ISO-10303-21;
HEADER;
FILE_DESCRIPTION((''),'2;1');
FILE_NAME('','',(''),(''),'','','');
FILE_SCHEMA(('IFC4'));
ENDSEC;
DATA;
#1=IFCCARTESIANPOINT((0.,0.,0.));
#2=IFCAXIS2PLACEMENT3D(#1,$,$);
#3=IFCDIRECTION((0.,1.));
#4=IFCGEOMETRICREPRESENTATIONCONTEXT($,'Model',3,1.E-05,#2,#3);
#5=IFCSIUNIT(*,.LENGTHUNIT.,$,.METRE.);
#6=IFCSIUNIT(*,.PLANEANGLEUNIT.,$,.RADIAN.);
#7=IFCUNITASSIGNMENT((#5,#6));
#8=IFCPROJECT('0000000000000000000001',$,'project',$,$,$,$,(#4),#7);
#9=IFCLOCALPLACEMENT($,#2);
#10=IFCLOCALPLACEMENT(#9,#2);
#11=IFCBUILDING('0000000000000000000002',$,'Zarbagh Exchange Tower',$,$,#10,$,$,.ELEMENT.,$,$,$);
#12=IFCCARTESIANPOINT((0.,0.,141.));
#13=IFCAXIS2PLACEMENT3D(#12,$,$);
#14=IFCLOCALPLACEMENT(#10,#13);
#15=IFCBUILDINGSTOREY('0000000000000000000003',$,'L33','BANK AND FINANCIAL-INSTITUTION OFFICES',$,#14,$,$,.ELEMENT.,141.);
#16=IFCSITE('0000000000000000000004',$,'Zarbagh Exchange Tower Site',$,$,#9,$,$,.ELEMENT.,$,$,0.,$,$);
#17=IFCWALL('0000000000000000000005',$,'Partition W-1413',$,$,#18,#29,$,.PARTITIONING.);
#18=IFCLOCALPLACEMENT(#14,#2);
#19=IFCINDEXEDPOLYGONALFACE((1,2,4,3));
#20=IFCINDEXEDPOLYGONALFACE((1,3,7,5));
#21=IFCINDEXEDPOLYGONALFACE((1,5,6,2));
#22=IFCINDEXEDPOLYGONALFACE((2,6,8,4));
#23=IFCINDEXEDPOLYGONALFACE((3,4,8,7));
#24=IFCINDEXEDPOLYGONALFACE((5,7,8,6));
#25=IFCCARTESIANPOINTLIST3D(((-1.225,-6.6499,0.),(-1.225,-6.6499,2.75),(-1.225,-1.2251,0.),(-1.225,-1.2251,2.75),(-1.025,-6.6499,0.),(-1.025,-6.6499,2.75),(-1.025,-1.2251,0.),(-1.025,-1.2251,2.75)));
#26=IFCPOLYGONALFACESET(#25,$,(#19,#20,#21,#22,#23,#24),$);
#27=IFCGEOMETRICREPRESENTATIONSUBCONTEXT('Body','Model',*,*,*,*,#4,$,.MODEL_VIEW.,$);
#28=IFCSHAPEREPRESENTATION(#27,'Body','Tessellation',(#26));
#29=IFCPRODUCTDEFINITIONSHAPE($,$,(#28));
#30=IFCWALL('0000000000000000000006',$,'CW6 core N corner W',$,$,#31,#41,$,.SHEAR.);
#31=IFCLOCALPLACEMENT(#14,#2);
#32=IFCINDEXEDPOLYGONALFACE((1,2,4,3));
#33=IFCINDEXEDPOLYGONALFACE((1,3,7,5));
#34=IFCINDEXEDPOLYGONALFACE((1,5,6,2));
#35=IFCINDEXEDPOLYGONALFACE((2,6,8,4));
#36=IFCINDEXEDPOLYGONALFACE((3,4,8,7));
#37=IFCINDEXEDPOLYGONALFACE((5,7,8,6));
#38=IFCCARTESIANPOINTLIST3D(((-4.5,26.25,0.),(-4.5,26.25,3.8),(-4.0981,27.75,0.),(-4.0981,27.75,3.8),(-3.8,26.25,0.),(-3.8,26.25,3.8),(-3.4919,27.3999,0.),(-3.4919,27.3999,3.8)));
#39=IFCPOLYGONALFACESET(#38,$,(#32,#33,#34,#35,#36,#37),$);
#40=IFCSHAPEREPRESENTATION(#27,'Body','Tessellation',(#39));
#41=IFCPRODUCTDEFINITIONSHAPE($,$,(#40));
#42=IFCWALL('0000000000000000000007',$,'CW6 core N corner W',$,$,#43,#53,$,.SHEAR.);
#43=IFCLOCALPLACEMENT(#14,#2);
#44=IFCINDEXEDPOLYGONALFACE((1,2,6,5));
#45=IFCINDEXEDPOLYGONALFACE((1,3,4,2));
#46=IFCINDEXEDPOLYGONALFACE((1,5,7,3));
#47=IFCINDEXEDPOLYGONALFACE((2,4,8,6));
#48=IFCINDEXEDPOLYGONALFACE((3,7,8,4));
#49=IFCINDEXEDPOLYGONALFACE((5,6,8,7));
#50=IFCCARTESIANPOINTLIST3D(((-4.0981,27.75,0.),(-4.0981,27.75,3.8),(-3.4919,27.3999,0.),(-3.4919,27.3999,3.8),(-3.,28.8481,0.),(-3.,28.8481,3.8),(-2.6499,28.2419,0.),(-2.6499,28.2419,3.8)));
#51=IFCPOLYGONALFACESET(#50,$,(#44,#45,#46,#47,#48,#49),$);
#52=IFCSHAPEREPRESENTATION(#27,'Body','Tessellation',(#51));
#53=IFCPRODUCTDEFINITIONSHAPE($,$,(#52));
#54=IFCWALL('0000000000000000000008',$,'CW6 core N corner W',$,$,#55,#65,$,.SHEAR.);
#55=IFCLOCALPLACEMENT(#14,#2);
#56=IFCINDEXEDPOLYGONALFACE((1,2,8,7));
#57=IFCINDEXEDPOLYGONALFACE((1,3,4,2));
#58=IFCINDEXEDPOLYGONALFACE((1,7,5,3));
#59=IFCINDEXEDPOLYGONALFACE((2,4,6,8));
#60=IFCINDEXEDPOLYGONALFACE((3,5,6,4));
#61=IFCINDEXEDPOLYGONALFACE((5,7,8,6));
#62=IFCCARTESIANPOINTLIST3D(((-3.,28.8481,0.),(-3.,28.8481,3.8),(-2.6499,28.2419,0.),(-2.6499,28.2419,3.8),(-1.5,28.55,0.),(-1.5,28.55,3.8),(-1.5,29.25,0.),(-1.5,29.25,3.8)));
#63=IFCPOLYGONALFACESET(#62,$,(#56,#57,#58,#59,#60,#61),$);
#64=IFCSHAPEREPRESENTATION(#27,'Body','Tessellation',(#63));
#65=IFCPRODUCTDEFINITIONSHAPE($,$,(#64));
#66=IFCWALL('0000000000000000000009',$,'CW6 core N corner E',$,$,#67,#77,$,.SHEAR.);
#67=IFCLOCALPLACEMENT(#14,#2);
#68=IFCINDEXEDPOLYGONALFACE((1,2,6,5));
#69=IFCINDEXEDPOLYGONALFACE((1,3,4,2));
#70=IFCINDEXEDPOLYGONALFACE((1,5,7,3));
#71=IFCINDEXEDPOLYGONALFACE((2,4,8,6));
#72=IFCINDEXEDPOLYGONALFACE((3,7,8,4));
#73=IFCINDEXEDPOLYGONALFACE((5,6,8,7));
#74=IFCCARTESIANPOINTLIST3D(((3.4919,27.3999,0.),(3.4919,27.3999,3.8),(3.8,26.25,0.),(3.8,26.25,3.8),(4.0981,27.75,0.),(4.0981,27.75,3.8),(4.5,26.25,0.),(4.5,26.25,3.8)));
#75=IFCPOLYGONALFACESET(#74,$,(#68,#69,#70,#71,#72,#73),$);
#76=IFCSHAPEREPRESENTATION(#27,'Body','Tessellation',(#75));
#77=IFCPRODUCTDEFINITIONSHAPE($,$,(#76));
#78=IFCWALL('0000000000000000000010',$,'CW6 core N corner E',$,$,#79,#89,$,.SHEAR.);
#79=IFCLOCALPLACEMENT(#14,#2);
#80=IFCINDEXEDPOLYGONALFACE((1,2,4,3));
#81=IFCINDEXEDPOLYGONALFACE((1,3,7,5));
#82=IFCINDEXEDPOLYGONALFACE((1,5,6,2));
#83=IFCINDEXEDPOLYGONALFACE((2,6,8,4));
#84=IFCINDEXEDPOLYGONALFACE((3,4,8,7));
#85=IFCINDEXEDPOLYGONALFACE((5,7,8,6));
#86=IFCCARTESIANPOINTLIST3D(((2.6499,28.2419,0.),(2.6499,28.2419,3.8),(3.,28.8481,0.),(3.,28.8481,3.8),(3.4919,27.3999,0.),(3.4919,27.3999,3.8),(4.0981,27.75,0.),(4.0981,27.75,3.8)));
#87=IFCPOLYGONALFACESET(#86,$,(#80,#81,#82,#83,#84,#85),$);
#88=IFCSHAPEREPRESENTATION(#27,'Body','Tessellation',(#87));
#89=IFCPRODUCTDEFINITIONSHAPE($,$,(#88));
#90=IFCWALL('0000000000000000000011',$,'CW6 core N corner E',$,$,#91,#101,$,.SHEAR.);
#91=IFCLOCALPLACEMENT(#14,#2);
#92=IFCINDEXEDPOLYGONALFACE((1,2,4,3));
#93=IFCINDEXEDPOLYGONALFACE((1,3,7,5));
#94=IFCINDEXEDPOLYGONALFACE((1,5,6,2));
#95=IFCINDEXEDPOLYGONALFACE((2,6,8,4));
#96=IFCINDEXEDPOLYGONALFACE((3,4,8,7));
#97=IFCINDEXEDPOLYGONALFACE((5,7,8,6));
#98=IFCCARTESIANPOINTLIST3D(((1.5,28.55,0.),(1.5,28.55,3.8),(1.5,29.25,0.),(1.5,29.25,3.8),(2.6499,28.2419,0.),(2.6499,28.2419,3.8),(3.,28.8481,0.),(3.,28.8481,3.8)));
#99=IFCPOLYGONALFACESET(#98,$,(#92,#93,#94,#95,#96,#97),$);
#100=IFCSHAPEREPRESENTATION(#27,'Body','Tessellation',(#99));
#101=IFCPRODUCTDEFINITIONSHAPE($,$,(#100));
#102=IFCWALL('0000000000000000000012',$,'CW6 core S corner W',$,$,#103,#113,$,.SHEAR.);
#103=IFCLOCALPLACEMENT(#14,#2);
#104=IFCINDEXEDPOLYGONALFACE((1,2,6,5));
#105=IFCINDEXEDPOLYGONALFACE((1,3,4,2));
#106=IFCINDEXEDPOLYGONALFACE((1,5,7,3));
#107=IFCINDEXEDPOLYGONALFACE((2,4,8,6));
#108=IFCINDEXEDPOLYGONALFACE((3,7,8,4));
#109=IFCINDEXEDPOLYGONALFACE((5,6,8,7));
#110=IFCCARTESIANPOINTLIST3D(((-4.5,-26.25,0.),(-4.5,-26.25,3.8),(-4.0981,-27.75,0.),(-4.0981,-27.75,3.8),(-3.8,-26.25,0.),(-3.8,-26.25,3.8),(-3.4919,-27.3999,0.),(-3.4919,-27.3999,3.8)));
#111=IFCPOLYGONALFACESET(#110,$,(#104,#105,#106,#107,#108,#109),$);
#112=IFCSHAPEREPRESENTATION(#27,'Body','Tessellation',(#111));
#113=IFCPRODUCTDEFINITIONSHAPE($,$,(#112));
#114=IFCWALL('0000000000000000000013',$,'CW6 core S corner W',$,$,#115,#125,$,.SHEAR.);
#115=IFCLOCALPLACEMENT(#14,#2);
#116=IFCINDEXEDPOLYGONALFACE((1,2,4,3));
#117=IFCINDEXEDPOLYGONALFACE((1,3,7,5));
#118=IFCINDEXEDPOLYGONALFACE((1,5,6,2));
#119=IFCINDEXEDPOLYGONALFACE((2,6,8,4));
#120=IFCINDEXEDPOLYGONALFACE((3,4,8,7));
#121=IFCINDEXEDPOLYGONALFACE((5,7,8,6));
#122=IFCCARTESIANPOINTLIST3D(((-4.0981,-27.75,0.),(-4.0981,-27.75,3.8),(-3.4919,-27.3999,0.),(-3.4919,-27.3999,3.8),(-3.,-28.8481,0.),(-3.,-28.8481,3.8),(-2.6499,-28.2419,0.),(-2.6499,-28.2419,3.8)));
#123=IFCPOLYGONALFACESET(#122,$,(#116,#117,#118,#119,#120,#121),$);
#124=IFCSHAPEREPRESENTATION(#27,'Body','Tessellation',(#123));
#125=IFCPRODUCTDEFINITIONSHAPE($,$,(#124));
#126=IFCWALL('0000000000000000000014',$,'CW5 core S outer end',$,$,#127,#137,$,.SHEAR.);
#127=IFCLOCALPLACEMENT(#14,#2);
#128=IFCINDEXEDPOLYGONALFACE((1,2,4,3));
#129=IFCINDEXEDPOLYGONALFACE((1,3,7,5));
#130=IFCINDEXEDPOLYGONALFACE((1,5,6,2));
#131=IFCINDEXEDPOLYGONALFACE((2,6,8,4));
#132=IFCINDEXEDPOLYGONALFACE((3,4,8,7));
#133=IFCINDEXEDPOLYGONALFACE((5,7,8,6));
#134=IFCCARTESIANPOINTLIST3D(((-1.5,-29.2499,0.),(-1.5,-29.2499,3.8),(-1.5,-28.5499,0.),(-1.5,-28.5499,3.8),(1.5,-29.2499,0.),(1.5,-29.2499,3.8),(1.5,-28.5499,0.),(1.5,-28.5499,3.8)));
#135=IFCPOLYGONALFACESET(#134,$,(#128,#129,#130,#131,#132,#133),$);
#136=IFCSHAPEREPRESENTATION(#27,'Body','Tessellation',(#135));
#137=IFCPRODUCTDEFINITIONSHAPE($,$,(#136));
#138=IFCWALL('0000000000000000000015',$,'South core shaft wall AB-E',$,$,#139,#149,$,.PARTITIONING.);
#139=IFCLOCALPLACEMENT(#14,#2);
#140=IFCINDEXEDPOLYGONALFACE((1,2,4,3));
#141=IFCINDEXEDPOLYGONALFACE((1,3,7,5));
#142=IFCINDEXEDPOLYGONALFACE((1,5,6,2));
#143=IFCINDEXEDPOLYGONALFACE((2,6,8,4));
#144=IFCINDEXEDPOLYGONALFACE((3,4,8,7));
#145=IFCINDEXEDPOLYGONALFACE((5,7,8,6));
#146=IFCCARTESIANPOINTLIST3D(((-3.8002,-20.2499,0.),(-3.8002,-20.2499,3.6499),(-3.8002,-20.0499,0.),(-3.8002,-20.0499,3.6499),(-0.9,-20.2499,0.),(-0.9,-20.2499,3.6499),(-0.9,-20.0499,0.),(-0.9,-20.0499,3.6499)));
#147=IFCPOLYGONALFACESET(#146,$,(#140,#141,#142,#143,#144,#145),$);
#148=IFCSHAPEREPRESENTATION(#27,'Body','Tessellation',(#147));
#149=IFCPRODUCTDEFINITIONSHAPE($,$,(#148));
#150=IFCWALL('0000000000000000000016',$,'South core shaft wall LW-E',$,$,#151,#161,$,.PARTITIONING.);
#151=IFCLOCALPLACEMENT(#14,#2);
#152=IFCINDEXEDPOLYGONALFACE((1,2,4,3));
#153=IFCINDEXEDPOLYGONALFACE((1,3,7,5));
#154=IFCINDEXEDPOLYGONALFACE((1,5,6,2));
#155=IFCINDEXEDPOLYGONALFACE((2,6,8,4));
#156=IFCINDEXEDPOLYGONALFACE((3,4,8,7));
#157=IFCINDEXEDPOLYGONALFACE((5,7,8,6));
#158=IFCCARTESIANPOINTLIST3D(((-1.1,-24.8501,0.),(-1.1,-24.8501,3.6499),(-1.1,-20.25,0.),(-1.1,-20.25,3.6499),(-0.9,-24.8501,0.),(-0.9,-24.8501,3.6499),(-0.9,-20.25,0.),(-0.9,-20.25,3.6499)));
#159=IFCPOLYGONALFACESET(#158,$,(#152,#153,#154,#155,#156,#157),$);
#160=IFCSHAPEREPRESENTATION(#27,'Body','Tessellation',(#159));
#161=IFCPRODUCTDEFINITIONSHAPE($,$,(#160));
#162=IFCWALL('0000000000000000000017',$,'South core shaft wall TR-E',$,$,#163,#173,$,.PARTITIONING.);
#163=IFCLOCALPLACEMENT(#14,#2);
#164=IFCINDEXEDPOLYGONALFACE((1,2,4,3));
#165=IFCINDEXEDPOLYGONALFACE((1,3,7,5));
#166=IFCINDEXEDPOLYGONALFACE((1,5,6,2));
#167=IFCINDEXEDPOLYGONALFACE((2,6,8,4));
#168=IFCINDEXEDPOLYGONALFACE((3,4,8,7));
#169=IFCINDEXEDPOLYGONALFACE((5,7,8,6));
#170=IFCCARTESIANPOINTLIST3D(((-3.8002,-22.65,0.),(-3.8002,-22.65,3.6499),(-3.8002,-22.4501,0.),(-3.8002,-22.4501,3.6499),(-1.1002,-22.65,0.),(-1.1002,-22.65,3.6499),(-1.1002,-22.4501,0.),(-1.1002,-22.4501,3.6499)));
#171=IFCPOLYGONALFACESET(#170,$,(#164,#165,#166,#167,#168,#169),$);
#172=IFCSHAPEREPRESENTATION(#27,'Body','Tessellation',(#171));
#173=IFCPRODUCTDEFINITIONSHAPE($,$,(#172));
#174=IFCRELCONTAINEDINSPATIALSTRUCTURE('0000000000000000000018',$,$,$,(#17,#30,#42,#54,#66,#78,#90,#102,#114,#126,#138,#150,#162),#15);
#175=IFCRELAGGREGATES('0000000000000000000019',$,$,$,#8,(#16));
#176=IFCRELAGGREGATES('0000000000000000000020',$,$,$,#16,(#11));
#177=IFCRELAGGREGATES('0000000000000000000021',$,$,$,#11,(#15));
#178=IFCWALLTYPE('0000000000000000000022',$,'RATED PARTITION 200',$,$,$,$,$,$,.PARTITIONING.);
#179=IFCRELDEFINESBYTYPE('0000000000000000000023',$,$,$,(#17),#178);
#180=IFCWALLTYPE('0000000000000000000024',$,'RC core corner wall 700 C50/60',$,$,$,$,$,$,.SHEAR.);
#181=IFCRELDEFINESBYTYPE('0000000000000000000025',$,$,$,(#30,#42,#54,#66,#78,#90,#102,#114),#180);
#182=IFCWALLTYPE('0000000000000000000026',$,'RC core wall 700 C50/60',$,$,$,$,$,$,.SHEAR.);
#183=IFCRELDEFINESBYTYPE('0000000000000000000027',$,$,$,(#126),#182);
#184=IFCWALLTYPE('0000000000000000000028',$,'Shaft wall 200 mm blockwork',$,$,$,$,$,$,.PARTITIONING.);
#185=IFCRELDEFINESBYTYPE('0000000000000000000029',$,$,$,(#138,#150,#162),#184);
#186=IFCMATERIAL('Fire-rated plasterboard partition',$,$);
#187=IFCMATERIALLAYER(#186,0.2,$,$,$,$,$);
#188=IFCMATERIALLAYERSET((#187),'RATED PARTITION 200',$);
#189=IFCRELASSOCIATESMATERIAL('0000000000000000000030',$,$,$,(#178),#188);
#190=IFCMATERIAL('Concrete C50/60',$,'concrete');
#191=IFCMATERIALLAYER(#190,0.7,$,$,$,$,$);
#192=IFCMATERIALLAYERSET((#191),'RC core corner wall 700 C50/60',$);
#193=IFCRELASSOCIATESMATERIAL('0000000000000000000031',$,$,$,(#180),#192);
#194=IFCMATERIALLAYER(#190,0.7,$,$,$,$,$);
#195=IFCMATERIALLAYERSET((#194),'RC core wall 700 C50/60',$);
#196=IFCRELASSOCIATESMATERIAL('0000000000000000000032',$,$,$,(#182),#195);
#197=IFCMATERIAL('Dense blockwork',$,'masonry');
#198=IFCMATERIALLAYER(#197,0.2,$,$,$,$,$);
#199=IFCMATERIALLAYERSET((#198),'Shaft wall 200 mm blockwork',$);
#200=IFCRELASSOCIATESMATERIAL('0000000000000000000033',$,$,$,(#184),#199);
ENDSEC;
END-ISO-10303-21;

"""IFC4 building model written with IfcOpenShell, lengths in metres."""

from ifc_helpers import new_model, si_unit, direction, frame, frame_2d, origin, place, context, subcontext, project, spatial, polyline, rectangle, outline, extrude, material, layer, layer_set, type_object, element, save


model = new_model("IFC4")

# Units and contexts
model_context = context("Model", 3, precision=1e-05, world=origin(), true_north=direction((0.0, 1.0)))
body_context = subcontext(model_context, "Body", "Model", "MODEL_VIEW")
ifc_project = project(units=[si_unit("LENGTHUNIT", "METRE"), si_unit("PLANEANGLEUNIT", "RADIAN")], contexts=[model_context])

# Site, building, storey
site_placement = place(None, origin())
site = spatial("IfcSite", under=ifc_project, at=site_placement, Name="Zarbagh Exchange Tower Site", CompositionType="ELEMENT", RefElevation=0.0)
building_placement = place(site_placement, origin())
building = spatial("IfcBuilding", under=site, at=building_placement, Name="Zarbagh Exchange Tower", CompositionType="ELEMENT")
storey_placement = place(building_placement, frame((0.0, 0.0, 141.0)))
storey = spatial("IfcBuildingStorey", under=building, at=storey_placement, Name="L33", Description="BANK AND FINANCIAL-INSTITUTION OFFICES", CompositionType="ELEMENT", Elevation=141.0)

# Shared definitions
ifc_material_1 = material(Name="Concrete C50/60", Category="concrete")

# Shared definitions
ifc_material_2 = material(Name="Fire-rated plasterboard partition")
ifc_layer_1 = layer(ifc_material_2, 0.2)
ifc_layer_set_1 = layer_set([ifc_layer_1], Name="RATED PARTITION 200")
wall_type_1 = type_object("IfcWallType", Name="RATED PARTITION 200", PredefinedType="PARTITIONING", material=ifc_layer_set_1)

# Walls
wall_1_placement = place(storey_placement, frame((-1.125, -6.6499, 0.0), z_axis=(0.0, 0.0, 1.0), x_axis=(0.0, 1.0, 0.0)))
element("IfcWall", 1, at=wall_1_placement, inside=storey, type_object=wall_type_1, Name="Partition W-1413", PredefinedType="PARTITIONING", context=body_context, shape_type="SweptSolid", body=[
    extrude(rectangle(XDim=5.4248, YDim=0.2, at=frame_2d((2.7124, 0.0))), origin(), (0.0, 0.0, 1.0), 2.75),
])
ifc_layer_2 = layer(ifc_material_1, 0.7)
ifc_layer_set_2 = layer_set([ifc_layer_2], Name="RC core corner wall 700 C50/60")
wall_type_2 = type_object("IfcWallType", Name="RC core corner wall 700 C50/60", PredefinedType="SHEAR", material=ifc_layer_set_2)
wall_2_placement = place(storey_placement, origin())
element("IfcWall", 2, at=wall_2_placement, inside=storey, type_object=wall_type_2, Name="CW6 core N corner W", PredefinedType="SHEAR", context=body_context, shape_type="SweptSolid", body=[
    extrude(outline(polyline([(-4.5, 26.25), (-4.0981, 27.75), (-3.4919, 27.3999), (-3.8, 26.25), (-4.5, 26.25)])), origin(), (0.0, 0.0, 1.0), 3.8),
])
wall_3_placement = place(storey_placement, origin())
element("IfcWall", 3, at=wall_3_placement, inside=storey, type_object=wall_type_2, Name="CW6 core N corner W", PredefinedType="SHEAR", context=body_context, shape_type="SweptSolid", body=[
    extrude(outline(polyline([(-4.0981, 27.75), (-3.0, 28.8481), (-2.6499, 28.2419), (-3.4919, 27.3999), (-4.0981, 27.75)])), origin(), (0.0, 0.0, 1.0), 3.8),
])
wall_4_placement = place(storey_placement, origin())
element("IfcWall", 4, at=wall_4_placement, inside=storey, type_object=wall_type_2, Name="CW6 core N corner W", PredefinedType="SHEAR", context=body_context, shape_type="SweptSolid", body=[
    extrude(outline(polyline([(-3.0, 28.8481), (-1.5, 29.25), (-1.5, 28.55), (-2.6499, 28.2419), (-3.0, 28.8481)])), origin(), (0.0, 0.0, 1.0), 3.8),
])
wall_5_placement = place(storey_placement, origin())
element("IfcWall", 5, at=wall_5_placement, inside=storey, type_object=wall_type_2, Name="CW6 core N corner E", PredefinedType="SHEAR", context=body_context, shape_type="SweptSolid", body=[
    extrude(outline(polyline([(4.5, 26.25), (4.0981, 27.75), (3.4919, 27.3999), (3.8, 26.25), (4.5, 26.25)])), origin(), (0.0, 0.0, 1.0), 3.8),
])
wall_6_placement = place(storey_placement, origin())
element("IfcWall", 6, at=wall_6_placement, inside=storey, type_object=wall_type_2, Name="CW6 core N corner E", PredefinedType="SHEAR", context=body_context, shape_type="SweptSolid", body=[
    extrude(outline(polyline([(4.0981, 27.75), (3.0, 28.8481), (2.6499, 28.2419), (3.4919, 27.3999), (4.0981, 27.75)])), origin(), (0.0, 0.0, 1.0), 3.8),
])
wall_7_placement = place(storey_placement, origin())
element("IfcWall", 7, at=wall_7_placement, inside=storey, type_object=wall_type_2, Name="CW6 core N corner E", PredefinedType="SHEAR", context=body_context, shape_type="SweptSolid", body=[
    extrude(outline(polyline([(3.0, 28.8481), (1.5, 29.25), (1.5, 28.55), (2.6499, 28.2419), (3.0, 28.8481)])), origin(), (0.0, 0.0, 1.0), 3.8),
])
wall_8_placement = place(storey_placement, origin())
element("IfcWall", 8, at=wall_8_placement, inside=storey, type_object=wall_type_2, Name="CW6 core S corner W", PredefinedType="SHEAR", context=body_context, shape_type="SweptSolid", body=[
    extrude(outline(polyline([(-4.5, -26.25), (-4.0981, -27.75), (-3.4919, -27.3999), (-3.8, -26.25), (-4.5, -26.25)])), origin(), (0.0, 0.0, 1.0), 3.8),
])
wall_9_placement = place(storey_placement, origin())
element("IfcWall", 9, at=wall_9_placement, inside=storey, type_object=wall_type_2, Name="CW6 core S corner W", PredefinedType="SHEAR", context=body_context, shape_type="SweptSolid", body=[
    extrude(outline(polyline([(-4.0981, -27.75), (-3.0, -28.8481), (-2.6499, -28.2419), (-3.4919, -27.3999), (-4.0981, -27.75)])), origin(), (0.0, 0.0, 1.0), 3.8),
])
ifc_layer_3 = layer(ifc_material_1, 0.7)
ifc_layer_set_3 = layer_set([ifc_layer_3], Name="RC core wall 700 C50/60")
wall_type_3 = type_object("IfcWallType", Name="RC core wall 700 C50/60", PredefinedType="SHEAR", material=ifc_layer_set_3)
wall_10_placement = place(storey_placement, frame((-1.5, -28.8999, 0.0), z_axis=(0.0, 0.0, 1.0), x_axis=(1.0, 0.0, 0.0)))
element("IfcWall", 10, at=wall_10_placement, inside=storey, type_object=wall_type_3, Name="CW5 core S outer end", PredefinedType="SHEAR", context=body_context, shape_type="SweptSolid", body=[
    extrude(rectangle(XDim=3.0, YDim=0.7, at=frame_2d((1.5, 0.0))), origin(), (0.0, 0.0, 1.0), 3.8),
])
ifc_material_3 = material(Name="Dense blockwork", Category="masonry")
ifc_layer_4 = layer(ifc_material_3, 0.2)
ifc_layer_set_4 = layer_set([ifc_layer_4], Name="Shaft wall 200 mm blockwork")
wall_type_4 = type_object("IfcWallType", Name="Shaft wall 200 mm blockwork", PredefinedType="PARTITIONING", material=ifc_layer_set_4)
wall_11_placement = place(storey_placement, frame((-0.8999, -20.1499, 0.0), z_axis=(0.0, 0.0, 1.0), x_axis=(-1.0, 0.0, 0.0)))
element("IfcWall", 11, at=wall_11_placement, inside=storey, type_object=wall_type_4, Name="South core shaft wall AB-E", PredefinedType="PARTITIONING", context=body_context, shape_type="SweptSolid", body=[
    extrude(rectangle(XDim=2.9001, YDim=0.2, at=frame_2d((1.4502, 0.0))), origin(), (0.0, 0.0, 1.0), 3.6499),
])
wall_12_placement = place(storey_placement, frame((-1.0, -24.8501, 0.0), z_axis=(0.0, 0.0, 1.0), x_axis=(0.0, 1.0, 0.0)))
element("IfcWall", 12, at=wall_12_placement, inside=storey, type_object=wall_type_4, Name="South core shaft wall LW-E", PredefinedType="PARTITIONING", context=body_context, shape_type="SweptSolid", body=[
    extrude(rectangle(XDim=4.6001, YDim=0.2, at=frame_2d((2.3, 0.0))), origin(), (0.0, 0.0, 1.0), 3.6499),
])
wall_13_placement = place(storey_placement, frame((-1.1001, -22.55, 0.0), z_axis=(0.0, 0.0, 1.0), x_axis=(-1.0, 0.0, 0.0)))
element("IfcWall", 13, at=wall_13_placement, inside=storey, type_object=wall_type_4, Name="South core shaft wall TR-E", PredefinedType="PARTITIONING", context=body_context, shape_type="SweptSolid", body=[
    extrude(rectangle(XDim=2.7, YDim=0.2, at=frame_2d((1.3501, 0.0))), origin(), (0.0, 0.0, 1.0), 3.6499),
])

save(model, "model.ifc")
